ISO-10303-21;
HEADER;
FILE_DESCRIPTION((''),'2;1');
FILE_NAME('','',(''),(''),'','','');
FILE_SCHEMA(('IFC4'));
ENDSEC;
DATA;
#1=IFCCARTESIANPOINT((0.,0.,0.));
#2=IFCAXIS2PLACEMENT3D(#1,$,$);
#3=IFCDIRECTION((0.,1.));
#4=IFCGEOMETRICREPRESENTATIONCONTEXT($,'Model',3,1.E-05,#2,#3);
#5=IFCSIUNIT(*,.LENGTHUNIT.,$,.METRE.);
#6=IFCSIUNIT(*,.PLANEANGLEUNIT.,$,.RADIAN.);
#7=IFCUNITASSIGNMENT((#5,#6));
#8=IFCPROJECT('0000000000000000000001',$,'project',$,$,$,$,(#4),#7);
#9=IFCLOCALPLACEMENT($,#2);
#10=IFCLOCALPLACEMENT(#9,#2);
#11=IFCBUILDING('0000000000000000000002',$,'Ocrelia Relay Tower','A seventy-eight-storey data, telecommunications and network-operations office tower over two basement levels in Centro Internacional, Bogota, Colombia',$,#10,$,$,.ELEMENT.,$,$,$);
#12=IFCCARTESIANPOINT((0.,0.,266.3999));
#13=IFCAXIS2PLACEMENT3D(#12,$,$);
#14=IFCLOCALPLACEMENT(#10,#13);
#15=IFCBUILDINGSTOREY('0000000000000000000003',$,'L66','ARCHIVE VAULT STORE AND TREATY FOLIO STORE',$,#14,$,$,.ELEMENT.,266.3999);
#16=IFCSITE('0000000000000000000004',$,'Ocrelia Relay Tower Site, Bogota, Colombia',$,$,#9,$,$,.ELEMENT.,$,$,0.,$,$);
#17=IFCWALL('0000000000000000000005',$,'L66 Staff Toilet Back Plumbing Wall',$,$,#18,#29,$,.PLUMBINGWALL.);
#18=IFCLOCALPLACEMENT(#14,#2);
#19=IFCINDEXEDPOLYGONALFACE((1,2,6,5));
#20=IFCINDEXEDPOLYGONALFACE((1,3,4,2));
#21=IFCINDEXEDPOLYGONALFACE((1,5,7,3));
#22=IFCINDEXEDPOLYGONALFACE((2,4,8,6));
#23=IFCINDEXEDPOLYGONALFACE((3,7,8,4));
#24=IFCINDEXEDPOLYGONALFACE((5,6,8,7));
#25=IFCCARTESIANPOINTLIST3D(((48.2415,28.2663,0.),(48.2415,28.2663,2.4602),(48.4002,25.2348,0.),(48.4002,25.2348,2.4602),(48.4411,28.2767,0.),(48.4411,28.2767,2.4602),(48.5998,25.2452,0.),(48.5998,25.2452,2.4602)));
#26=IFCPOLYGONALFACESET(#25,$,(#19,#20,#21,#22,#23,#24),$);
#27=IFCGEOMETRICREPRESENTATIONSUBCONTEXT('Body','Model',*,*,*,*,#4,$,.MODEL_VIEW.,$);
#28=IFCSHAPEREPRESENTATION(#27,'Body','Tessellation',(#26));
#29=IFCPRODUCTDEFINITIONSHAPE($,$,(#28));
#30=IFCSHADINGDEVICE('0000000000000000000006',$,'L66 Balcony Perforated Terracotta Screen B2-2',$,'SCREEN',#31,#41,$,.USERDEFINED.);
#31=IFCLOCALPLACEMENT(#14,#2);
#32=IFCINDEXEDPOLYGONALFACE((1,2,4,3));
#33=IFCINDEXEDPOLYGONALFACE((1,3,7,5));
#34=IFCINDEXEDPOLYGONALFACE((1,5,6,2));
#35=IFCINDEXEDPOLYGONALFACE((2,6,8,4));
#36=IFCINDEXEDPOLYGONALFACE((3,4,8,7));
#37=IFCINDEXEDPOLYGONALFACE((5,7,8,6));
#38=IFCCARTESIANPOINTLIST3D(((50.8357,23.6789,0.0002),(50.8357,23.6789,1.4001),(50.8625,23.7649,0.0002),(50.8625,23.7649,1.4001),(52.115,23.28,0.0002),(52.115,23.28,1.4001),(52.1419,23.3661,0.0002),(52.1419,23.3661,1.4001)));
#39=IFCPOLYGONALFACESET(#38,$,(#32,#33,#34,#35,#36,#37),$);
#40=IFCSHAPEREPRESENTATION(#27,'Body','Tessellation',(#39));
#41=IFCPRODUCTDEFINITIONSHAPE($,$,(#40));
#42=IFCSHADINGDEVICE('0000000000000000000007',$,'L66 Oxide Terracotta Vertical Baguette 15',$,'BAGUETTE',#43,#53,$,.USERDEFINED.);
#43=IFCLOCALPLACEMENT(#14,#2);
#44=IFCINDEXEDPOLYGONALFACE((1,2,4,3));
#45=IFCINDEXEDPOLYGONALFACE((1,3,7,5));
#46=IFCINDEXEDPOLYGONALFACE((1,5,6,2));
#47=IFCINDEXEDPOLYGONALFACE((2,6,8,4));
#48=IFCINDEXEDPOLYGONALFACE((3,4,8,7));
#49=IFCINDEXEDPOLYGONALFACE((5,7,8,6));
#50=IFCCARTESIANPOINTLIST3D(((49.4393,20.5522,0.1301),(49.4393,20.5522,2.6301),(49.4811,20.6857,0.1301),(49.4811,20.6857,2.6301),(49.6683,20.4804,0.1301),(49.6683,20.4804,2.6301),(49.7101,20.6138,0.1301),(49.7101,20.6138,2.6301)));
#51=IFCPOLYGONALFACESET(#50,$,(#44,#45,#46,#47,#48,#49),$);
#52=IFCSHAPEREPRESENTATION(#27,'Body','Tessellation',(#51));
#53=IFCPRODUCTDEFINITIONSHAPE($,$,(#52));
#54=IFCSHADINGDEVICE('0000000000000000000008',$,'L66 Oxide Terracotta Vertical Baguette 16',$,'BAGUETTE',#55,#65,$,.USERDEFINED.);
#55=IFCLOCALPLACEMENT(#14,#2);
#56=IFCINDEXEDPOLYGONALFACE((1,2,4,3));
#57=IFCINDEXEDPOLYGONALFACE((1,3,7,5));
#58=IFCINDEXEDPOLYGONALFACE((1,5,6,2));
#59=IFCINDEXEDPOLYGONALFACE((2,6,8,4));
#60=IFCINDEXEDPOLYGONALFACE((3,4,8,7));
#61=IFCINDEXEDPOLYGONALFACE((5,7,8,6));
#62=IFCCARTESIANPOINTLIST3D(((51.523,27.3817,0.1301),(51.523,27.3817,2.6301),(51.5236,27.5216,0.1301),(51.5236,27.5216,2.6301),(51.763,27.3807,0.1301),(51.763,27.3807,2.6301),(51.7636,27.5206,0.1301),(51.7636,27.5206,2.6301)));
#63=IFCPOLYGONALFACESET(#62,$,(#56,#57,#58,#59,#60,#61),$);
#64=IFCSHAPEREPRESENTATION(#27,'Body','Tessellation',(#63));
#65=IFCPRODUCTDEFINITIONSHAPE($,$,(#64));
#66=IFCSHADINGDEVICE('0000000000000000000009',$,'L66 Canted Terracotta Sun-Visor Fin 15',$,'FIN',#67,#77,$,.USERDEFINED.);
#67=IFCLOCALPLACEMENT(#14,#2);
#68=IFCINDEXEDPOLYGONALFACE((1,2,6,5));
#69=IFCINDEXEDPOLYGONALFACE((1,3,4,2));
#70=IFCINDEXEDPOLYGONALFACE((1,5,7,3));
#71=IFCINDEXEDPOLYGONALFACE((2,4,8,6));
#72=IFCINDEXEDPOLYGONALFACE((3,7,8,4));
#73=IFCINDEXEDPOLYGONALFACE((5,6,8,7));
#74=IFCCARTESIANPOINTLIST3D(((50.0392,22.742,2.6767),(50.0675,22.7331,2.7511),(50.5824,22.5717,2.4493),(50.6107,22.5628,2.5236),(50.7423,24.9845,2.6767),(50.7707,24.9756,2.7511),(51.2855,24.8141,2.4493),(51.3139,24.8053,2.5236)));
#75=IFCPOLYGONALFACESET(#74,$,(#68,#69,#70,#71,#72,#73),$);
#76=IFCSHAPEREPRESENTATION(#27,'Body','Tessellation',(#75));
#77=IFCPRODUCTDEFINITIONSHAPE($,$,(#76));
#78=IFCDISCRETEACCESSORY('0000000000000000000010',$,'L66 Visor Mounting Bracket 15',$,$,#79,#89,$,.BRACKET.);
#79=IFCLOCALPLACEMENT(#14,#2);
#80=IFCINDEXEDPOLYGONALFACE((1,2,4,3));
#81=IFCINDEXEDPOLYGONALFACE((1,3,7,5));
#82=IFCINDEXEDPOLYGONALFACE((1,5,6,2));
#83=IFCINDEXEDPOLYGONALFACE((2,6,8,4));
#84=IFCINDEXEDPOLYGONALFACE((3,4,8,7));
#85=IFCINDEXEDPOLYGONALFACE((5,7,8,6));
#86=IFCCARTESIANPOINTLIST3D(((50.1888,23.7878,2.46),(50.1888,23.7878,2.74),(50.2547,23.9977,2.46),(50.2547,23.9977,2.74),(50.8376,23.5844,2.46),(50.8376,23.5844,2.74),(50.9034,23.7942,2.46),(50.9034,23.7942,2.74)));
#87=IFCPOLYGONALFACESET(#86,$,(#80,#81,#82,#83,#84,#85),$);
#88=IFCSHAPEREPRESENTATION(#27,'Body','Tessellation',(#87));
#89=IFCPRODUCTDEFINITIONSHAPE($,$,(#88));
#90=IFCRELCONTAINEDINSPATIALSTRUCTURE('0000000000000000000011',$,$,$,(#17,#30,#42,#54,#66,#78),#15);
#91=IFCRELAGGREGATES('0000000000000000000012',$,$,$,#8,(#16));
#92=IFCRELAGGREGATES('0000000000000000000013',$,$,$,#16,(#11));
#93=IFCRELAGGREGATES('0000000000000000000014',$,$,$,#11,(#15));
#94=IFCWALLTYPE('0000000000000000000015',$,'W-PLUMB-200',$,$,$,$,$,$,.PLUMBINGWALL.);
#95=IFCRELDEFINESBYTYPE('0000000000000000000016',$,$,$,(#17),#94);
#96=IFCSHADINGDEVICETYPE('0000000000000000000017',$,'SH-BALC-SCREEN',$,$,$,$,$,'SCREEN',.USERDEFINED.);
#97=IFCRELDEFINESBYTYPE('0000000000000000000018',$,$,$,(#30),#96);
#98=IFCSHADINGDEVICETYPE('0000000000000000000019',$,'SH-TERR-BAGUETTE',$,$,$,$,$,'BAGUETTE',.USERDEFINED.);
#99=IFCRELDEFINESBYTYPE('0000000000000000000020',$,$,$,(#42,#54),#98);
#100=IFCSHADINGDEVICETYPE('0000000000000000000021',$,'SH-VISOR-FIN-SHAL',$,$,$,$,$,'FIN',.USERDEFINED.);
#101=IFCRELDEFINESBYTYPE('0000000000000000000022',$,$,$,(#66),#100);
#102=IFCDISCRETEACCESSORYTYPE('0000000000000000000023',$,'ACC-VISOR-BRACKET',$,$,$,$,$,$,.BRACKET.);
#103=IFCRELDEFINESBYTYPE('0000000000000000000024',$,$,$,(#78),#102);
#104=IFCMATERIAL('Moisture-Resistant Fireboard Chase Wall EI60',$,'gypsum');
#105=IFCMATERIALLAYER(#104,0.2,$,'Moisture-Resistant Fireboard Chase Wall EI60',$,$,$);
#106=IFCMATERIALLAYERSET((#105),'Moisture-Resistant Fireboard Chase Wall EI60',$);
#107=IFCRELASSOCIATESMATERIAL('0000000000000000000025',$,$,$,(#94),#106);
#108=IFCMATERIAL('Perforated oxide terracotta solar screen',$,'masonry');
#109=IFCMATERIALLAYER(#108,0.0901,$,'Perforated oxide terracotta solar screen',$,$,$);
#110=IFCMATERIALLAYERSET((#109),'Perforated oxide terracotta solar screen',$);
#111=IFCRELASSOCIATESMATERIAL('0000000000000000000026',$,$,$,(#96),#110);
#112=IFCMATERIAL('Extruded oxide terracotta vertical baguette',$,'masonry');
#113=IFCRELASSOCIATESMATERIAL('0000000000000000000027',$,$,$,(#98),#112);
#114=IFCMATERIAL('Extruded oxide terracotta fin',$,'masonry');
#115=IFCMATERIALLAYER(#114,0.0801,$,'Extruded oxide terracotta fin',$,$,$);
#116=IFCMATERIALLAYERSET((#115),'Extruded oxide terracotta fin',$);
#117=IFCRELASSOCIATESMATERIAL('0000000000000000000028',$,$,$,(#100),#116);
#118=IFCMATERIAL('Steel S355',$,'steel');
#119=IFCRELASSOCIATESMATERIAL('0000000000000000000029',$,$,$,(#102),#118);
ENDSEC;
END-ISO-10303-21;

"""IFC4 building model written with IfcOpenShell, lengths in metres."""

from ifc_helpers import new_model, si_unit, direction, frame, frame_2d, origin, origin_2d, place, context, subcontext, project, spatial, rectangle, extrude, material, layer, layer_set, type_object, element, save


model = new_model("IFC4")

# Units and contexts
model_context = context("Model", 3, precision=1e-05, world=origin(), true_north=direction((0.0, 1.0)))
body_context = subcontext(model_context, "Body", "Model", "MODEL_VIEW")
ifc_project = project(units=[si_unit("LENGTHUNIT", "METRE"), si_unit("PLANEANGLEUNIT", "RADIAN")], contexts=[model_context])

# Site, building, storey
site_placement = place(None, origin())
site = spatial("IfcSite", under=ifc_project, at=site_placement, Name="Ocrelia Relay Tower Site, Bogota, Colombia", CompositionType="ELEMENT", RefElevation=0.0)
building_placement = place(site_placement, origin())
building = spatial("IfcBuilding", under=site, at=building_placement, Name="Ocrelia Relay Tower", Description="A seventy-eight-storey data, telecommunications and network-operations office tower over two basement levels in Centro Internacional, Bogota, Colombia", CompositionType="ELEMENT")
storey_placement = place(building_placement, frame((0.0, 0.0, 266.3999)))
storey = spatial("IfcBuildingStorey", under=building, at=storey_placement, Name="L66", Description="ARCHIVE VAULT STORE AND TREATY FOLIO STORE", CompositionType="ELEMENT", Elevation=266.3999)

# Shared definitions
ifc_material_1 = material(Name="Steel S355", Category="steel")

# Wall
ifc_material_2 = material(Name="Moisture-Resistant Fireboard Chase Wall EI60", Category="gypsum")
ifc_layer_1 = layer(ifc_material_2, 0.2, Name="Moisture-Resistant Fireboard Chase Wall EI60")
ifc_layer_set_1 = layer_set([ifc_layer_1], Name="Moisture-Resistant Fireboard Chase Wall EI60")
wall_type_1 = type_object("IfcWallType", Name="W-PLUMB-200", PredefinedType="PLUMBINGWALL", material=ifc_layer_set_1)
wall_1_placement = place(storey_placement, frame((48.5, 25.24, 0.0), z_axis=(0.0, 0.0, 1.0), x_axis=(-0.052276, 0.998633, 0.0)))
element("IfcWall", 1, at=wall_1_placement, inside=storey, type_object=wall_type_1, Name="L66 Staff Toilet Back Plumbing Wall", PredefinedType="PLUMBINGWALL", context=body_context, shape_type="SweptSolid", body=[
    extrude(rectangle(XDim=3.0356, YDim=0.2, at=frame_2d((1.5178, 0.0))), origin(), (0.0, 0.0, 1.0), 2.4602),
])

# Shading devices
ifc_material_3 = material(Name="Perforated oxide terracotta solar screen", Category="masonry")
ifc_layer_2 = layer(ifc_material_3, 0.0901, Name="Perforated oxide terracotta solar screen")
ifc_layer_set_2 = layer_set([ifc_layer_2], Name="Perforated oxide terracotta solar screen")
shading_device_type_1 = type_object("IfcShadingDeviceType", Name="SH-BALC-SCREEN", ElementType="SCREEN", PredefinedType="USERDEFINED", material=ifc_layer_set_2)
shading_device_1_placement = place(storey_placement, frame((51.4888, 23.5225, 0.0002), z_axis=(0.0, 0.0, 1.0), x_axis=(0.954688, -0.297609, 0.0)))
element("IfcShadingDevice", 2, at=shading_device_1_placement, inside=storey, type_object=shading_device_type_1, Name="L66 Balcony Perforated Terracotta Screen B2-2", ObjectType="SCREEN", PredefinedType="USERDEFINED", context=body_context, shape_type="SweptSolid", body=[
    extrude(rectangle(XDim=1.3401, YDim=0.0901, at=origin_2d()), origin(), (0.0, 0.0, 1.0), 1.3999),
])
ifc_material_4 = material(Name="Extruded oxide terracotta vertical baguette", Category="masonry")
shading_device_type_2 = type_object("IfcShadingDeviceType", Name="SH-TERR-BAGUETTE", ElementType="BAGUETTE", PredefinedType="USERDEFINED", material=ifc_material_4)
for number, where, z_axis, x_axis, name in (
    (3, (49.5747, 20.583, 0.1301), (0.0, 0.0, 1.0), (0.29919, 0.954194, 0.0), "L66 Oxide Terracotta Vertical Baguette 15"),
    (4, (51.6433, 27.4512, 0.1301), (0.0, 0.0, 1.0), (0.004305, 0.999991, 0.0), "L66 Oxide Terracotta Vertical Baguette 16"),
):
    element("IfcShadingDevice", number, at=place(storey_placement, frame(where, z_axis=z_axis, x_axis=x_axis)), inside=storey, type_object=shading_device_type_2, Name=name, ObjectType="BAGUETTE", PredefinedType="USERDEFINED", context=body_context, shape_type="SweptSolid", body=[
        extrude(rectangle(XDim=0.1399, YDim=0.24, at=origin_2d()), origin(), (0.0, 0.0, 1.0), 2.5),
    ])
ifc_material_5 = material(Name="Extruded oxide terracotta fin", Category="masonry")
ifc_layer_3 = layer(ifc_material_5, 0.0801, Name="Extruded oxide terracotta fin")
ifc_layer_set_3 = layer_set([ifc_layer_3], Name="Extruded oxide terracotta fin")
shading_device_type_3 = type_object("IfcShadingDeviceType", Name="SH-VISOR-FIN-SHAL", ElementType="FIN", PredefinedType="USERDEFINED", material=ifc_layer_set_3)
shading_device_2_placement = place(storey_placement, frame((50.6624, 23.7781, 2.563), z_axis=(0.354048, -0.111012, 0.928615), x_axis=(0.29919, 0.954194, 0.0)))
element("IfcShadingDevice", 5, at=shading_device_2_placement, inside=storey, type_object=shading_device_type_3, Name="L66 Canted Terracotta Sun-Visor Fin 15", ObjectType="FIN", PredefinedType="USERDEFINED", context=body_context, shape_type="SweptSolid", body=[
    extrude(rectangle(XDim=2.3501, YDim=0.613, at=origin_2d()), origin(), (0.0, 0.0, 1.0), 0.0801),
])

# Discrete accessory
discrete_accessory_type = type_object("IfcDiscreteAccessoryType", Name="ACC-VISOR-BRACKET", PredefinedType="BRACKET", material=ifc_material_1)
discrete_accessory_placement = place(storey_placement, frame((50.5461, 23.791, 2.46), z_axis=(0.0, 0.0, 1.0), x_axis=(0.29919, 0.954194, 0.0)))
element("IfcDiscreteAccessory", 6, at=discrete_accessory_placement, inside=storey, type_object=discrete_accessory_type, Name="L66 Visor Mounting Bracket 15", PredefinedType="BRACKET", context=body_context, shape_type="SweptSolid", body=[
    extrude(rectangle(XDim=0.22, YDim=0.6799, at=origin_2d()), origin(), (0.0, 0.0, 1.0), 0.28),
])

save(model, "model.ifc")
